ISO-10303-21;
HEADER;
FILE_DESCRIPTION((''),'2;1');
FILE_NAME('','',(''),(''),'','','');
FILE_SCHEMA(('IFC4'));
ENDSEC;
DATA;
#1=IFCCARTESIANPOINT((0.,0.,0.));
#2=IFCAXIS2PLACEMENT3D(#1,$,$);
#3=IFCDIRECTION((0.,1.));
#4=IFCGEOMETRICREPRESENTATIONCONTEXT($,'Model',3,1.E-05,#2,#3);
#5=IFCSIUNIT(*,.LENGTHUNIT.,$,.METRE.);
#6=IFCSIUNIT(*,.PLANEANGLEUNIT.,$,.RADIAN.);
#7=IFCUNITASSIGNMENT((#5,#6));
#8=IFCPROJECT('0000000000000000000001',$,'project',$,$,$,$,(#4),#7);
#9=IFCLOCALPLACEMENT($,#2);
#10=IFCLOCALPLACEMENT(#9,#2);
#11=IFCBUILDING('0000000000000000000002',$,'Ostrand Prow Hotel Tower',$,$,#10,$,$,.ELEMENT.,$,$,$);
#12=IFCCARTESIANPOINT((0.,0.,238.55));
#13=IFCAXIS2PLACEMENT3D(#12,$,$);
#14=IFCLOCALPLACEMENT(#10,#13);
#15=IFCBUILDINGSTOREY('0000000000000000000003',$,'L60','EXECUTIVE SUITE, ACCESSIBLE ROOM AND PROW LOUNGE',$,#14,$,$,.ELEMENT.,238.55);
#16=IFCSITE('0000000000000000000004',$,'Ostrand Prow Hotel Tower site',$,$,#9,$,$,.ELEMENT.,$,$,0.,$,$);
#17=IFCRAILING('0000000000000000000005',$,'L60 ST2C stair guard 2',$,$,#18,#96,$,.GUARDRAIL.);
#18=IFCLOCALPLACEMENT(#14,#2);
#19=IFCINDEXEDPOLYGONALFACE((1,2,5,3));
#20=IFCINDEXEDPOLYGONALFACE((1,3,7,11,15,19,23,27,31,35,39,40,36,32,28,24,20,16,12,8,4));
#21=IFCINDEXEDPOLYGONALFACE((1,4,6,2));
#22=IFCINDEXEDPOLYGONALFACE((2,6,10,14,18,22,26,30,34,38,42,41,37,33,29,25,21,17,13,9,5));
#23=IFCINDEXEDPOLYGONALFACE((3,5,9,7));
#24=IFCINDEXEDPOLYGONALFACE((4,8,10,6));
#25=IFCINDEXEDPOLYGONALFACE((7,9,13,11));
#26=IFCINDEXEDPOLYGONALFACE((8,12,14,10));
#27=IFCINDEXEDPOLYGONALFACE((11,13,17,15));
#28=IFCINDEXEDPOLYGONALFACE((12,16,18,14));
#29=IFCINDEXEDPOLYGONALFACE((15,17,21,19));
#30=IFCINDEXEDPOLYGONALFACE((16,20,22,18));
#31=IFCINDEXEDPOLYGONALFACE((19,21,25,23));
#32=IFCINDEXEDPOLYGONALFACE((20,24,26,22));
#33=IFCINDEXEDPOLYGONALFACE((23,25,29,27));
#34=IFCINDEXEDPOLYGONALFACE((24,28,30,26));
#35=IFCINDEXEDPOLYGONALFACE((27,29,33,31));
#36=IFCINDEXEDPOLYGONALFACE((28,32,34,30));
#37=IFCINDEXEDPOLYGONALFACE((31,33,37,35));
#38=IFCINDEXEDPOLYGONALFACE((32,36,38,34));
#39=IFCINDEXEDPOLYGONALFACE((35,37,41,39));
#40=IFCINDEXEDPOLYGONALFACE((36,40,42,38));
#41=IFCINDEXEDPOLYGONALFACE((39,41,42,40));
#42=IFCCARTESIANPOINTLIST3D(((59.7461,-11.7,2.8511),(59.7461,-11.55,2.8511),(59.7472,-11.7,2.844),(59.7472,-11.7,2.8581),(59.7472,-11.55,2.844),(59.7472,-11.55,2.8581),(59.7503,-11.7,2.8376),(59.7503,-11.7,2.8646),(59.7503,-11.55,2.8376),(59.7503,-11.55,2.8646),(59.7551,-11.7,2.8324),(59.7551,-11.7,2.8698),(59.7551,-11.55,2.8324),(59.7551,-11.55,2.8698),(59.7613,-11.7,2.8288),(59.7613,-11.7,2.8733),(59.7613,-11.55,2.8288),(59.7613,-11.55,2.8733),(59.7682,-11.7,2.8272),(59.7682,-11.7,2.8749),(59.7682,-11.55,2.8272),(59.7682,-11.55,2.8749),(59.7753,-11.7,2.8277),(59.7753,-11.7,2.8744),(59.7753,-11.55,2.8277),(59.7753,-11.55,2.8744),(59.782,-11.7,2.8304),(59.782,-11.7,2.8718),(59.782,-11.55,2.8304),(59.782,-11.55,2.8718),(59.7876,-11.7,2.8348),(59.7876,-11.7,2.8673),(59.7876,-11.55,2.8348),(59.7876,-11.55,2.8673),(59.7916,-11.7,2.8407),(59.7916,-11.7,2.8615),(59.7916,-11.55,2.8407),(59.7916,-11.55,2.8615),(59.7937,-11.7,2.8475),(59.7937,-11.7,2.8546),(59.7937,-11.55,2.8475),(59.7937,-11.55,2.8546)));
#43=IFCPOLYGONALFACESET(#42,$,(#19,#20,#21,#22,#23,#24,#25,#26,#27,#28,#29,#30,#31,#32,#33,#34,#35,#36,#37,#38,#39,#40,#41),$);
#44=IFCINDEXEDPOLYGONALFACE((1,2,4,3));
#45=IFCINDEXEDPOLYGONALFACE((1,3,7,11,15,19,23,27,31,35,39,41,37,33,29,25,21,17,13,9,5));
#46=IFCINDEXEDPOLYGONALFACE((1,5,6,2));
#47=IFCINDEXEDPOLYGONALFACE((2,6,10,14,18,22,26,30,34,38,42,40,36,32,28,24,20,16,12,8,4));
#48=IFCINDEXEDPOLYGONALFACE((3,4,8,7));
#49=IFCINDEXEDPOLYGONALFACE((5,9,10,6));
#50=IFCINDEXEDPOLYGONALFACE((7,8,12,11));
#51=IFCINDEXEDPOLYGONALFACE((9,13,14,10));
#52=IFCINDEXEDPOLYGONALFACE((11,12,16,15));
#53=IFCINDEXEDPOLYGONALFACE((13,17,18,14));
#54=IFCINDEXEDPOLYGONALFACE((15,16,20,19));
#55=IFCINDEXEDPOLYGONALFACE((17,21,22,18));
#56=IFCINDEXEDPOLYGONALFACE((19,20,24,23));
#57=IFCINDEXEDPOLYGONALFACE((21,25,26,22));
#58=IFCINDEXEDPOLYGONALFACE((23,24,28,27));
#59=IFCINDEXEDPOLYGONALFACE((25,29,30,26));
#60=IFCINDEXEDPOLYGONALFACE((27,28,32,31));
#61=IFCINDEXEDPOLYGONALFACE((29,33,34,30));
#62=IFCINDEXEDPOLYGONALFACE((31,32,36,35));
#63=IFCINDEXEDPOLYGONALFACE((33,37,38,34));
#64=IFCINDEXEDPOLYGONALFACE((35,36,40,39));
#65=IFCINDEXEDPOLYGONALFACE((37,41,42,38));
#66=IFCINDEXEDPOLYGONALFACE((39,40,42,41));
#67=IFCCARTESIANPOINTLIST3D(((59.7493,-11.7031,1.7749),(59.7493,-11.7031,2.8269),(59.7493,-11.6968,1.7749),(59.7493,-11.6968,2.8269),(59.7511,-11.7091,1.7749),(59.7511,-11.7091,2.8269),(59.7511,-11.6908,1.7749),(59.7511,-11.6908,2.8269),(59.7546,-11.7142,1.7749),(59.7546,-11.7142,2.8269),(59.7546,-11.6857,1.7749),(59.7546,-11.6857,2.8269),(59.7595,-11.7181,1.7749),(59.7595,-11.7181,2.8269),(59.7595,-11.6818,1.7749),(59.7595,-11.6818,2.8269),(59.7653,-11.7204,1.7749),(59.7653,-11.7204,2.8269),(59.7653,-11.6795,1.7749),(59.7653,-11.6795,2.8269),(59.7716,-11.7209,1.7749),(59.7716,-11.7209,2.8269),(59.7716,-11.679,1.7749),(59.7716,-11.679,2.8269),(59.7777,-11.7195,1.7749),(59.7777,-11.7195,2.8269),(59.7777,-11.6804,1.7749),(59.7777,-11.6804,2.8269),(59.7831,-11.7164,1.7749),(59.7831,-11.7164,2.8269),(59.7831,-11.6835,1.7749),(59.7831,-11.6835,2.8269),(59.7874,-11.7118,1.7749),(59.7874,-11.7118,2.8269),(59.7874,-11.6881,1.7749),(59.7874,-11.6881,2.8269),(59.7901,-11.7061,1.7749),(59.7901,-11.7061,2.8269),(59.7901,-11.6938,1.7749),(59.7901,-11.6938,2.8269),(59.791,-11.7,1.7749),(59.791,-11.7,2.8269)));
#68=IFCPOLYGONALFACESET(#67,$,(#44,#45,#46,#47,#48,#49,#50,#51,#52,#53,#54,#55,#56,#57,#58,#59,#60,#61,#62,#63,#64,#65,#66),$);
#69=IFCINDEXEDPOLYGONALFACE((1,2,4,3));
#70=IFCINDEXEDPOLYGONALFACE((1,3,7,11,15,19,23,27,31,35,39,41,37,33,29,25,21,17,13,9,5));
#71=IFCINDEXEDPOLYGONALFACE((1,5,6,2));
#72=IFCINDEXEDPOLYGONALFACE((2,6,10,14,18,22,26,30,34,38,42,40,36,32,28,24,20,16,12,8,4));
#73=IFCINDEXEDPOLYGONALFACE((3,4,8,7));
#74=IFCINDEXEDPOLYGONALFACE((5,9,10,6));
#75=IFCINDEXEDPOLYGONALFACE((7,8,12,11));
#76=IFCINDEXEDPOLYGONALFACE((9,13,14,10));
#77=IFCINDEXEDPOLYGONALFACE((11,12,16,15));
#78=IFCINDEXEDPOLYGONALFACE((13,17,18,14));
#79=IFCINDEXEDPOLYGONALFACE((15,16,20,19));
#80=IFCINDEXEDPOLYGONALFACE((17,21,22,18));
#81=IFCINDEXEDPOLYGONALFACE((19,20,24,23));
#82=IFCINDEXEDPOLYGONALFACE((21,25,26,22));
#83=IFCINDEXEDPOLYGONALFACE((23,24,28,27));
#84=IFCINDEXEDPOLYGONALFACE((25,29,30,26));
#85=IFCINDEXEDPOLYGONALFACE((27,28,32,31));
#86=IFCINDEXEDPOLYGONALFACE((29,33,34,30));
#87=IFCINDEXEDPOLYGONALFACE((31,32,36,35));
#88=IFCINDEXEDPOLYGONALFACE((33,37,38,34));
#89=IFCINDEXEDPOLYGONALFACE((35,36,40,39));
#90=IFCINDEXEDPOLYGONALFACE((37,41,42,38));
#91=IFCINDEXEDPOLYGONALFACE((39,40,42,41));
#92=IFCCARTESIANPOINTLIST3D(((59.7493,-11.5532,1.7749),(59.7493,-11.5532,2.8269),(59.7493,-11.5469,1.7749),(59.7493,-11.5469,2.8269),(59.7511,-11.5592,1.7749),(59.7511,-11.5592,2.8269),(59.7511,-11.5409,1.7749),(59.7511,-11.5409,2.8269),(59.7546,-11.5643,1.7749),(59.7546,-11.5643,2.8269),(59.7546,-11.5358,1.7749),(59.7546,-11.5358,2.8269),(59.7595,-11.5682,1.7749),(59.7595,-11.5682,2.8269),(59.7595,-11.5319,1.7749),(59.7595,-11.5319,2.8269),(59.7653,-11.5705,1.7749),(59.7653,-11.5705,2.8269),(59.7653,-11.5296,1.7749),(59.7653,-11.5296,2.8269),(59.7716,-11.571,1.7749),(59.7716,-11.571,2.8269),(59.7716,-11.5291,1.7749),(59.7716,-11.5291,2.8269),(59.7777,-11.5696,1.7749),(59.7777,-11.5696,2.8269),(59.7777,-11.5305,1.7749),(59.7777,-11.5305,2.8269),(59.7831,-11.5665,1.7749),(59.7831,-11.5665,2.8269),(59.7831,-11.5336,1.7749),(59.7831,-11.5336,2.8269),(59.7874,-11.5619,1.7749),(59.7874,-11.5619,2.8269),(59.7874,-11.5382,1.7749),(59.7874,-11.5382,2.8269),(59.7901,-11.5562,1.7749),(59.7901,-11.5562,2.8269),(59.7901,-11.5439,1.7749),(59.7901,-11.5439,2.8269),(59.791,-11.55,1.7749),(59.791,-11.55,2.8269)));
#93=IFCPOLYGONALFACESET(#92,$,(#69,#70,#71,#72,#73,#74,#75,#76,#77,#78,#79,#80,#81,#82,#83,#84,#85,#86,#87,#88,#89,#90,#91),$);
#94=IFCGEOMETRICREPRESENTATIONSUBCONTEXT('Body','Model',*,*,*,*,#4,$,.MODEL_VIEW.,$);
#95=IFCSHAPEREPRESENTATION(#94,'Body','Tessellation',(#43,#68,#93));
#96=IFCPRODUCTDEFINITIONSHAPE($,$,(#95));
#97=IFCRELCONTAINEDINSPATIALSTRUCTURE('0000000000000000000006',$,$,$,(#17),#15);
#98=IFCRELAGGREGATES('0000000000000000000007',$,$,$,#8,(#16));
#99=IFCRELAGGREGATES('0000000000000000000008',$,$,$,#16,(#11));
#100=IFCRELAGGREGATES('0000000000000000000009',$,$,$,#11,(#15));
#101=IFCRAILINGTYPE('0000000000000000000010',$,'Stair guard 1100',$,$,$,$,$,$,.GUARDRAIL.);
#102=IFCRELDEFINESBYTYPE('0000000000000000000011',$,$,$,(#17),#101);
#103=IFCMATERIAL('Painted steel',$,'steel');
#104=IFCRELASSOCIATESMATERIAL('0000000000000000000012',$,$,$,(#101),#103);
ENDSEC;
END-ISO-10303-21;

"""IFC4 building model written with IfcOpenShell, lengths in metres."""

from ifc_helpers import new_model, si_unit, direction, frame, origin, origin_2d, place, context, subcontext, project, spatial, circle, extrude, material, type_object, element, save


model = new_model("IFC4")

# Units and contexts
model_context = context("Model", 3, precision=1e-05, world=origin(), true_north=direction((0.0, 1.0)))
body_context = subcontext(model_context, "Body", "Model", "MODEL_VIEW")
ifc_project = project(units=[si_unit("LENGTHUNIT", "METRE"), si_unit("PLANEANGLEUNIT", "RADIAN")], contexts=[model_context])

# Site, building, storey
site_placement = place(None, origin())
site = spatial("IfcSite", under=ifc_project, at=site_placement, Name="Ostrand Prow Hotel Tower site", CompositionType="ELEMENT", RefElevation=0.0)
building_placement = place(site_placement, origin())
building = spatial("IfcBuilding", under=site, at=building_placement, Name="Ostrand Prow Hotel Tower", CompositionType="ELEMENT")
storey_placement = place(building_placement, frame((0.0, 0.0, 238.55)))
storey = spatial("IfcBuildingStorey", under=building, at=storey_placement, Name="L60", Description="EXECUTIVE SUITE, ACCESSIBLE ROOM AND PROW LOUNGE", CompositionType="ELEMENT", Elevation=238.55)

# Railing
ifc_material_1 = material(Name="Painted steel", Category="steel")
railing_type_1 = type_object("IfcRailingType", Name="Stair guard 1100", PredefinedType="GUARDRAIL", material=ifc_material_1)
railing_1_placement = place(storey_placement, frame((59.77, -11.7, 1.7749)))
element("IfcRailing", 1, at=railing_1_placement, inside=storey, type_object=railing_type_1, Name="L60 ST2C stair guard 2", PredefinedType="GUARDRAIL", context=body_context, shape_type="SweptSolid", body=[
    extrude(circle(Radius=0.0239, at=origin_2d()), frame((0.0, 0.0, 1.0762), z_axis=(0.0, 1.0, 0.0), x_axis=(-1.0, 0.0, 0.0)), (0.0, 0.0, 1.0), 0.1499),
    extrude(circle(Radius=0.021, at=origin_2d()), origin(), (0.0, 0.0, 1.0), 1.052),
    extrude(circle(Radius=0.021, at=origin_2d()), frame((0.0, 0.1499, 0.0)), (0.0, 0.0, 1.0), 1.052),
])

save(model, "model.ifc")
